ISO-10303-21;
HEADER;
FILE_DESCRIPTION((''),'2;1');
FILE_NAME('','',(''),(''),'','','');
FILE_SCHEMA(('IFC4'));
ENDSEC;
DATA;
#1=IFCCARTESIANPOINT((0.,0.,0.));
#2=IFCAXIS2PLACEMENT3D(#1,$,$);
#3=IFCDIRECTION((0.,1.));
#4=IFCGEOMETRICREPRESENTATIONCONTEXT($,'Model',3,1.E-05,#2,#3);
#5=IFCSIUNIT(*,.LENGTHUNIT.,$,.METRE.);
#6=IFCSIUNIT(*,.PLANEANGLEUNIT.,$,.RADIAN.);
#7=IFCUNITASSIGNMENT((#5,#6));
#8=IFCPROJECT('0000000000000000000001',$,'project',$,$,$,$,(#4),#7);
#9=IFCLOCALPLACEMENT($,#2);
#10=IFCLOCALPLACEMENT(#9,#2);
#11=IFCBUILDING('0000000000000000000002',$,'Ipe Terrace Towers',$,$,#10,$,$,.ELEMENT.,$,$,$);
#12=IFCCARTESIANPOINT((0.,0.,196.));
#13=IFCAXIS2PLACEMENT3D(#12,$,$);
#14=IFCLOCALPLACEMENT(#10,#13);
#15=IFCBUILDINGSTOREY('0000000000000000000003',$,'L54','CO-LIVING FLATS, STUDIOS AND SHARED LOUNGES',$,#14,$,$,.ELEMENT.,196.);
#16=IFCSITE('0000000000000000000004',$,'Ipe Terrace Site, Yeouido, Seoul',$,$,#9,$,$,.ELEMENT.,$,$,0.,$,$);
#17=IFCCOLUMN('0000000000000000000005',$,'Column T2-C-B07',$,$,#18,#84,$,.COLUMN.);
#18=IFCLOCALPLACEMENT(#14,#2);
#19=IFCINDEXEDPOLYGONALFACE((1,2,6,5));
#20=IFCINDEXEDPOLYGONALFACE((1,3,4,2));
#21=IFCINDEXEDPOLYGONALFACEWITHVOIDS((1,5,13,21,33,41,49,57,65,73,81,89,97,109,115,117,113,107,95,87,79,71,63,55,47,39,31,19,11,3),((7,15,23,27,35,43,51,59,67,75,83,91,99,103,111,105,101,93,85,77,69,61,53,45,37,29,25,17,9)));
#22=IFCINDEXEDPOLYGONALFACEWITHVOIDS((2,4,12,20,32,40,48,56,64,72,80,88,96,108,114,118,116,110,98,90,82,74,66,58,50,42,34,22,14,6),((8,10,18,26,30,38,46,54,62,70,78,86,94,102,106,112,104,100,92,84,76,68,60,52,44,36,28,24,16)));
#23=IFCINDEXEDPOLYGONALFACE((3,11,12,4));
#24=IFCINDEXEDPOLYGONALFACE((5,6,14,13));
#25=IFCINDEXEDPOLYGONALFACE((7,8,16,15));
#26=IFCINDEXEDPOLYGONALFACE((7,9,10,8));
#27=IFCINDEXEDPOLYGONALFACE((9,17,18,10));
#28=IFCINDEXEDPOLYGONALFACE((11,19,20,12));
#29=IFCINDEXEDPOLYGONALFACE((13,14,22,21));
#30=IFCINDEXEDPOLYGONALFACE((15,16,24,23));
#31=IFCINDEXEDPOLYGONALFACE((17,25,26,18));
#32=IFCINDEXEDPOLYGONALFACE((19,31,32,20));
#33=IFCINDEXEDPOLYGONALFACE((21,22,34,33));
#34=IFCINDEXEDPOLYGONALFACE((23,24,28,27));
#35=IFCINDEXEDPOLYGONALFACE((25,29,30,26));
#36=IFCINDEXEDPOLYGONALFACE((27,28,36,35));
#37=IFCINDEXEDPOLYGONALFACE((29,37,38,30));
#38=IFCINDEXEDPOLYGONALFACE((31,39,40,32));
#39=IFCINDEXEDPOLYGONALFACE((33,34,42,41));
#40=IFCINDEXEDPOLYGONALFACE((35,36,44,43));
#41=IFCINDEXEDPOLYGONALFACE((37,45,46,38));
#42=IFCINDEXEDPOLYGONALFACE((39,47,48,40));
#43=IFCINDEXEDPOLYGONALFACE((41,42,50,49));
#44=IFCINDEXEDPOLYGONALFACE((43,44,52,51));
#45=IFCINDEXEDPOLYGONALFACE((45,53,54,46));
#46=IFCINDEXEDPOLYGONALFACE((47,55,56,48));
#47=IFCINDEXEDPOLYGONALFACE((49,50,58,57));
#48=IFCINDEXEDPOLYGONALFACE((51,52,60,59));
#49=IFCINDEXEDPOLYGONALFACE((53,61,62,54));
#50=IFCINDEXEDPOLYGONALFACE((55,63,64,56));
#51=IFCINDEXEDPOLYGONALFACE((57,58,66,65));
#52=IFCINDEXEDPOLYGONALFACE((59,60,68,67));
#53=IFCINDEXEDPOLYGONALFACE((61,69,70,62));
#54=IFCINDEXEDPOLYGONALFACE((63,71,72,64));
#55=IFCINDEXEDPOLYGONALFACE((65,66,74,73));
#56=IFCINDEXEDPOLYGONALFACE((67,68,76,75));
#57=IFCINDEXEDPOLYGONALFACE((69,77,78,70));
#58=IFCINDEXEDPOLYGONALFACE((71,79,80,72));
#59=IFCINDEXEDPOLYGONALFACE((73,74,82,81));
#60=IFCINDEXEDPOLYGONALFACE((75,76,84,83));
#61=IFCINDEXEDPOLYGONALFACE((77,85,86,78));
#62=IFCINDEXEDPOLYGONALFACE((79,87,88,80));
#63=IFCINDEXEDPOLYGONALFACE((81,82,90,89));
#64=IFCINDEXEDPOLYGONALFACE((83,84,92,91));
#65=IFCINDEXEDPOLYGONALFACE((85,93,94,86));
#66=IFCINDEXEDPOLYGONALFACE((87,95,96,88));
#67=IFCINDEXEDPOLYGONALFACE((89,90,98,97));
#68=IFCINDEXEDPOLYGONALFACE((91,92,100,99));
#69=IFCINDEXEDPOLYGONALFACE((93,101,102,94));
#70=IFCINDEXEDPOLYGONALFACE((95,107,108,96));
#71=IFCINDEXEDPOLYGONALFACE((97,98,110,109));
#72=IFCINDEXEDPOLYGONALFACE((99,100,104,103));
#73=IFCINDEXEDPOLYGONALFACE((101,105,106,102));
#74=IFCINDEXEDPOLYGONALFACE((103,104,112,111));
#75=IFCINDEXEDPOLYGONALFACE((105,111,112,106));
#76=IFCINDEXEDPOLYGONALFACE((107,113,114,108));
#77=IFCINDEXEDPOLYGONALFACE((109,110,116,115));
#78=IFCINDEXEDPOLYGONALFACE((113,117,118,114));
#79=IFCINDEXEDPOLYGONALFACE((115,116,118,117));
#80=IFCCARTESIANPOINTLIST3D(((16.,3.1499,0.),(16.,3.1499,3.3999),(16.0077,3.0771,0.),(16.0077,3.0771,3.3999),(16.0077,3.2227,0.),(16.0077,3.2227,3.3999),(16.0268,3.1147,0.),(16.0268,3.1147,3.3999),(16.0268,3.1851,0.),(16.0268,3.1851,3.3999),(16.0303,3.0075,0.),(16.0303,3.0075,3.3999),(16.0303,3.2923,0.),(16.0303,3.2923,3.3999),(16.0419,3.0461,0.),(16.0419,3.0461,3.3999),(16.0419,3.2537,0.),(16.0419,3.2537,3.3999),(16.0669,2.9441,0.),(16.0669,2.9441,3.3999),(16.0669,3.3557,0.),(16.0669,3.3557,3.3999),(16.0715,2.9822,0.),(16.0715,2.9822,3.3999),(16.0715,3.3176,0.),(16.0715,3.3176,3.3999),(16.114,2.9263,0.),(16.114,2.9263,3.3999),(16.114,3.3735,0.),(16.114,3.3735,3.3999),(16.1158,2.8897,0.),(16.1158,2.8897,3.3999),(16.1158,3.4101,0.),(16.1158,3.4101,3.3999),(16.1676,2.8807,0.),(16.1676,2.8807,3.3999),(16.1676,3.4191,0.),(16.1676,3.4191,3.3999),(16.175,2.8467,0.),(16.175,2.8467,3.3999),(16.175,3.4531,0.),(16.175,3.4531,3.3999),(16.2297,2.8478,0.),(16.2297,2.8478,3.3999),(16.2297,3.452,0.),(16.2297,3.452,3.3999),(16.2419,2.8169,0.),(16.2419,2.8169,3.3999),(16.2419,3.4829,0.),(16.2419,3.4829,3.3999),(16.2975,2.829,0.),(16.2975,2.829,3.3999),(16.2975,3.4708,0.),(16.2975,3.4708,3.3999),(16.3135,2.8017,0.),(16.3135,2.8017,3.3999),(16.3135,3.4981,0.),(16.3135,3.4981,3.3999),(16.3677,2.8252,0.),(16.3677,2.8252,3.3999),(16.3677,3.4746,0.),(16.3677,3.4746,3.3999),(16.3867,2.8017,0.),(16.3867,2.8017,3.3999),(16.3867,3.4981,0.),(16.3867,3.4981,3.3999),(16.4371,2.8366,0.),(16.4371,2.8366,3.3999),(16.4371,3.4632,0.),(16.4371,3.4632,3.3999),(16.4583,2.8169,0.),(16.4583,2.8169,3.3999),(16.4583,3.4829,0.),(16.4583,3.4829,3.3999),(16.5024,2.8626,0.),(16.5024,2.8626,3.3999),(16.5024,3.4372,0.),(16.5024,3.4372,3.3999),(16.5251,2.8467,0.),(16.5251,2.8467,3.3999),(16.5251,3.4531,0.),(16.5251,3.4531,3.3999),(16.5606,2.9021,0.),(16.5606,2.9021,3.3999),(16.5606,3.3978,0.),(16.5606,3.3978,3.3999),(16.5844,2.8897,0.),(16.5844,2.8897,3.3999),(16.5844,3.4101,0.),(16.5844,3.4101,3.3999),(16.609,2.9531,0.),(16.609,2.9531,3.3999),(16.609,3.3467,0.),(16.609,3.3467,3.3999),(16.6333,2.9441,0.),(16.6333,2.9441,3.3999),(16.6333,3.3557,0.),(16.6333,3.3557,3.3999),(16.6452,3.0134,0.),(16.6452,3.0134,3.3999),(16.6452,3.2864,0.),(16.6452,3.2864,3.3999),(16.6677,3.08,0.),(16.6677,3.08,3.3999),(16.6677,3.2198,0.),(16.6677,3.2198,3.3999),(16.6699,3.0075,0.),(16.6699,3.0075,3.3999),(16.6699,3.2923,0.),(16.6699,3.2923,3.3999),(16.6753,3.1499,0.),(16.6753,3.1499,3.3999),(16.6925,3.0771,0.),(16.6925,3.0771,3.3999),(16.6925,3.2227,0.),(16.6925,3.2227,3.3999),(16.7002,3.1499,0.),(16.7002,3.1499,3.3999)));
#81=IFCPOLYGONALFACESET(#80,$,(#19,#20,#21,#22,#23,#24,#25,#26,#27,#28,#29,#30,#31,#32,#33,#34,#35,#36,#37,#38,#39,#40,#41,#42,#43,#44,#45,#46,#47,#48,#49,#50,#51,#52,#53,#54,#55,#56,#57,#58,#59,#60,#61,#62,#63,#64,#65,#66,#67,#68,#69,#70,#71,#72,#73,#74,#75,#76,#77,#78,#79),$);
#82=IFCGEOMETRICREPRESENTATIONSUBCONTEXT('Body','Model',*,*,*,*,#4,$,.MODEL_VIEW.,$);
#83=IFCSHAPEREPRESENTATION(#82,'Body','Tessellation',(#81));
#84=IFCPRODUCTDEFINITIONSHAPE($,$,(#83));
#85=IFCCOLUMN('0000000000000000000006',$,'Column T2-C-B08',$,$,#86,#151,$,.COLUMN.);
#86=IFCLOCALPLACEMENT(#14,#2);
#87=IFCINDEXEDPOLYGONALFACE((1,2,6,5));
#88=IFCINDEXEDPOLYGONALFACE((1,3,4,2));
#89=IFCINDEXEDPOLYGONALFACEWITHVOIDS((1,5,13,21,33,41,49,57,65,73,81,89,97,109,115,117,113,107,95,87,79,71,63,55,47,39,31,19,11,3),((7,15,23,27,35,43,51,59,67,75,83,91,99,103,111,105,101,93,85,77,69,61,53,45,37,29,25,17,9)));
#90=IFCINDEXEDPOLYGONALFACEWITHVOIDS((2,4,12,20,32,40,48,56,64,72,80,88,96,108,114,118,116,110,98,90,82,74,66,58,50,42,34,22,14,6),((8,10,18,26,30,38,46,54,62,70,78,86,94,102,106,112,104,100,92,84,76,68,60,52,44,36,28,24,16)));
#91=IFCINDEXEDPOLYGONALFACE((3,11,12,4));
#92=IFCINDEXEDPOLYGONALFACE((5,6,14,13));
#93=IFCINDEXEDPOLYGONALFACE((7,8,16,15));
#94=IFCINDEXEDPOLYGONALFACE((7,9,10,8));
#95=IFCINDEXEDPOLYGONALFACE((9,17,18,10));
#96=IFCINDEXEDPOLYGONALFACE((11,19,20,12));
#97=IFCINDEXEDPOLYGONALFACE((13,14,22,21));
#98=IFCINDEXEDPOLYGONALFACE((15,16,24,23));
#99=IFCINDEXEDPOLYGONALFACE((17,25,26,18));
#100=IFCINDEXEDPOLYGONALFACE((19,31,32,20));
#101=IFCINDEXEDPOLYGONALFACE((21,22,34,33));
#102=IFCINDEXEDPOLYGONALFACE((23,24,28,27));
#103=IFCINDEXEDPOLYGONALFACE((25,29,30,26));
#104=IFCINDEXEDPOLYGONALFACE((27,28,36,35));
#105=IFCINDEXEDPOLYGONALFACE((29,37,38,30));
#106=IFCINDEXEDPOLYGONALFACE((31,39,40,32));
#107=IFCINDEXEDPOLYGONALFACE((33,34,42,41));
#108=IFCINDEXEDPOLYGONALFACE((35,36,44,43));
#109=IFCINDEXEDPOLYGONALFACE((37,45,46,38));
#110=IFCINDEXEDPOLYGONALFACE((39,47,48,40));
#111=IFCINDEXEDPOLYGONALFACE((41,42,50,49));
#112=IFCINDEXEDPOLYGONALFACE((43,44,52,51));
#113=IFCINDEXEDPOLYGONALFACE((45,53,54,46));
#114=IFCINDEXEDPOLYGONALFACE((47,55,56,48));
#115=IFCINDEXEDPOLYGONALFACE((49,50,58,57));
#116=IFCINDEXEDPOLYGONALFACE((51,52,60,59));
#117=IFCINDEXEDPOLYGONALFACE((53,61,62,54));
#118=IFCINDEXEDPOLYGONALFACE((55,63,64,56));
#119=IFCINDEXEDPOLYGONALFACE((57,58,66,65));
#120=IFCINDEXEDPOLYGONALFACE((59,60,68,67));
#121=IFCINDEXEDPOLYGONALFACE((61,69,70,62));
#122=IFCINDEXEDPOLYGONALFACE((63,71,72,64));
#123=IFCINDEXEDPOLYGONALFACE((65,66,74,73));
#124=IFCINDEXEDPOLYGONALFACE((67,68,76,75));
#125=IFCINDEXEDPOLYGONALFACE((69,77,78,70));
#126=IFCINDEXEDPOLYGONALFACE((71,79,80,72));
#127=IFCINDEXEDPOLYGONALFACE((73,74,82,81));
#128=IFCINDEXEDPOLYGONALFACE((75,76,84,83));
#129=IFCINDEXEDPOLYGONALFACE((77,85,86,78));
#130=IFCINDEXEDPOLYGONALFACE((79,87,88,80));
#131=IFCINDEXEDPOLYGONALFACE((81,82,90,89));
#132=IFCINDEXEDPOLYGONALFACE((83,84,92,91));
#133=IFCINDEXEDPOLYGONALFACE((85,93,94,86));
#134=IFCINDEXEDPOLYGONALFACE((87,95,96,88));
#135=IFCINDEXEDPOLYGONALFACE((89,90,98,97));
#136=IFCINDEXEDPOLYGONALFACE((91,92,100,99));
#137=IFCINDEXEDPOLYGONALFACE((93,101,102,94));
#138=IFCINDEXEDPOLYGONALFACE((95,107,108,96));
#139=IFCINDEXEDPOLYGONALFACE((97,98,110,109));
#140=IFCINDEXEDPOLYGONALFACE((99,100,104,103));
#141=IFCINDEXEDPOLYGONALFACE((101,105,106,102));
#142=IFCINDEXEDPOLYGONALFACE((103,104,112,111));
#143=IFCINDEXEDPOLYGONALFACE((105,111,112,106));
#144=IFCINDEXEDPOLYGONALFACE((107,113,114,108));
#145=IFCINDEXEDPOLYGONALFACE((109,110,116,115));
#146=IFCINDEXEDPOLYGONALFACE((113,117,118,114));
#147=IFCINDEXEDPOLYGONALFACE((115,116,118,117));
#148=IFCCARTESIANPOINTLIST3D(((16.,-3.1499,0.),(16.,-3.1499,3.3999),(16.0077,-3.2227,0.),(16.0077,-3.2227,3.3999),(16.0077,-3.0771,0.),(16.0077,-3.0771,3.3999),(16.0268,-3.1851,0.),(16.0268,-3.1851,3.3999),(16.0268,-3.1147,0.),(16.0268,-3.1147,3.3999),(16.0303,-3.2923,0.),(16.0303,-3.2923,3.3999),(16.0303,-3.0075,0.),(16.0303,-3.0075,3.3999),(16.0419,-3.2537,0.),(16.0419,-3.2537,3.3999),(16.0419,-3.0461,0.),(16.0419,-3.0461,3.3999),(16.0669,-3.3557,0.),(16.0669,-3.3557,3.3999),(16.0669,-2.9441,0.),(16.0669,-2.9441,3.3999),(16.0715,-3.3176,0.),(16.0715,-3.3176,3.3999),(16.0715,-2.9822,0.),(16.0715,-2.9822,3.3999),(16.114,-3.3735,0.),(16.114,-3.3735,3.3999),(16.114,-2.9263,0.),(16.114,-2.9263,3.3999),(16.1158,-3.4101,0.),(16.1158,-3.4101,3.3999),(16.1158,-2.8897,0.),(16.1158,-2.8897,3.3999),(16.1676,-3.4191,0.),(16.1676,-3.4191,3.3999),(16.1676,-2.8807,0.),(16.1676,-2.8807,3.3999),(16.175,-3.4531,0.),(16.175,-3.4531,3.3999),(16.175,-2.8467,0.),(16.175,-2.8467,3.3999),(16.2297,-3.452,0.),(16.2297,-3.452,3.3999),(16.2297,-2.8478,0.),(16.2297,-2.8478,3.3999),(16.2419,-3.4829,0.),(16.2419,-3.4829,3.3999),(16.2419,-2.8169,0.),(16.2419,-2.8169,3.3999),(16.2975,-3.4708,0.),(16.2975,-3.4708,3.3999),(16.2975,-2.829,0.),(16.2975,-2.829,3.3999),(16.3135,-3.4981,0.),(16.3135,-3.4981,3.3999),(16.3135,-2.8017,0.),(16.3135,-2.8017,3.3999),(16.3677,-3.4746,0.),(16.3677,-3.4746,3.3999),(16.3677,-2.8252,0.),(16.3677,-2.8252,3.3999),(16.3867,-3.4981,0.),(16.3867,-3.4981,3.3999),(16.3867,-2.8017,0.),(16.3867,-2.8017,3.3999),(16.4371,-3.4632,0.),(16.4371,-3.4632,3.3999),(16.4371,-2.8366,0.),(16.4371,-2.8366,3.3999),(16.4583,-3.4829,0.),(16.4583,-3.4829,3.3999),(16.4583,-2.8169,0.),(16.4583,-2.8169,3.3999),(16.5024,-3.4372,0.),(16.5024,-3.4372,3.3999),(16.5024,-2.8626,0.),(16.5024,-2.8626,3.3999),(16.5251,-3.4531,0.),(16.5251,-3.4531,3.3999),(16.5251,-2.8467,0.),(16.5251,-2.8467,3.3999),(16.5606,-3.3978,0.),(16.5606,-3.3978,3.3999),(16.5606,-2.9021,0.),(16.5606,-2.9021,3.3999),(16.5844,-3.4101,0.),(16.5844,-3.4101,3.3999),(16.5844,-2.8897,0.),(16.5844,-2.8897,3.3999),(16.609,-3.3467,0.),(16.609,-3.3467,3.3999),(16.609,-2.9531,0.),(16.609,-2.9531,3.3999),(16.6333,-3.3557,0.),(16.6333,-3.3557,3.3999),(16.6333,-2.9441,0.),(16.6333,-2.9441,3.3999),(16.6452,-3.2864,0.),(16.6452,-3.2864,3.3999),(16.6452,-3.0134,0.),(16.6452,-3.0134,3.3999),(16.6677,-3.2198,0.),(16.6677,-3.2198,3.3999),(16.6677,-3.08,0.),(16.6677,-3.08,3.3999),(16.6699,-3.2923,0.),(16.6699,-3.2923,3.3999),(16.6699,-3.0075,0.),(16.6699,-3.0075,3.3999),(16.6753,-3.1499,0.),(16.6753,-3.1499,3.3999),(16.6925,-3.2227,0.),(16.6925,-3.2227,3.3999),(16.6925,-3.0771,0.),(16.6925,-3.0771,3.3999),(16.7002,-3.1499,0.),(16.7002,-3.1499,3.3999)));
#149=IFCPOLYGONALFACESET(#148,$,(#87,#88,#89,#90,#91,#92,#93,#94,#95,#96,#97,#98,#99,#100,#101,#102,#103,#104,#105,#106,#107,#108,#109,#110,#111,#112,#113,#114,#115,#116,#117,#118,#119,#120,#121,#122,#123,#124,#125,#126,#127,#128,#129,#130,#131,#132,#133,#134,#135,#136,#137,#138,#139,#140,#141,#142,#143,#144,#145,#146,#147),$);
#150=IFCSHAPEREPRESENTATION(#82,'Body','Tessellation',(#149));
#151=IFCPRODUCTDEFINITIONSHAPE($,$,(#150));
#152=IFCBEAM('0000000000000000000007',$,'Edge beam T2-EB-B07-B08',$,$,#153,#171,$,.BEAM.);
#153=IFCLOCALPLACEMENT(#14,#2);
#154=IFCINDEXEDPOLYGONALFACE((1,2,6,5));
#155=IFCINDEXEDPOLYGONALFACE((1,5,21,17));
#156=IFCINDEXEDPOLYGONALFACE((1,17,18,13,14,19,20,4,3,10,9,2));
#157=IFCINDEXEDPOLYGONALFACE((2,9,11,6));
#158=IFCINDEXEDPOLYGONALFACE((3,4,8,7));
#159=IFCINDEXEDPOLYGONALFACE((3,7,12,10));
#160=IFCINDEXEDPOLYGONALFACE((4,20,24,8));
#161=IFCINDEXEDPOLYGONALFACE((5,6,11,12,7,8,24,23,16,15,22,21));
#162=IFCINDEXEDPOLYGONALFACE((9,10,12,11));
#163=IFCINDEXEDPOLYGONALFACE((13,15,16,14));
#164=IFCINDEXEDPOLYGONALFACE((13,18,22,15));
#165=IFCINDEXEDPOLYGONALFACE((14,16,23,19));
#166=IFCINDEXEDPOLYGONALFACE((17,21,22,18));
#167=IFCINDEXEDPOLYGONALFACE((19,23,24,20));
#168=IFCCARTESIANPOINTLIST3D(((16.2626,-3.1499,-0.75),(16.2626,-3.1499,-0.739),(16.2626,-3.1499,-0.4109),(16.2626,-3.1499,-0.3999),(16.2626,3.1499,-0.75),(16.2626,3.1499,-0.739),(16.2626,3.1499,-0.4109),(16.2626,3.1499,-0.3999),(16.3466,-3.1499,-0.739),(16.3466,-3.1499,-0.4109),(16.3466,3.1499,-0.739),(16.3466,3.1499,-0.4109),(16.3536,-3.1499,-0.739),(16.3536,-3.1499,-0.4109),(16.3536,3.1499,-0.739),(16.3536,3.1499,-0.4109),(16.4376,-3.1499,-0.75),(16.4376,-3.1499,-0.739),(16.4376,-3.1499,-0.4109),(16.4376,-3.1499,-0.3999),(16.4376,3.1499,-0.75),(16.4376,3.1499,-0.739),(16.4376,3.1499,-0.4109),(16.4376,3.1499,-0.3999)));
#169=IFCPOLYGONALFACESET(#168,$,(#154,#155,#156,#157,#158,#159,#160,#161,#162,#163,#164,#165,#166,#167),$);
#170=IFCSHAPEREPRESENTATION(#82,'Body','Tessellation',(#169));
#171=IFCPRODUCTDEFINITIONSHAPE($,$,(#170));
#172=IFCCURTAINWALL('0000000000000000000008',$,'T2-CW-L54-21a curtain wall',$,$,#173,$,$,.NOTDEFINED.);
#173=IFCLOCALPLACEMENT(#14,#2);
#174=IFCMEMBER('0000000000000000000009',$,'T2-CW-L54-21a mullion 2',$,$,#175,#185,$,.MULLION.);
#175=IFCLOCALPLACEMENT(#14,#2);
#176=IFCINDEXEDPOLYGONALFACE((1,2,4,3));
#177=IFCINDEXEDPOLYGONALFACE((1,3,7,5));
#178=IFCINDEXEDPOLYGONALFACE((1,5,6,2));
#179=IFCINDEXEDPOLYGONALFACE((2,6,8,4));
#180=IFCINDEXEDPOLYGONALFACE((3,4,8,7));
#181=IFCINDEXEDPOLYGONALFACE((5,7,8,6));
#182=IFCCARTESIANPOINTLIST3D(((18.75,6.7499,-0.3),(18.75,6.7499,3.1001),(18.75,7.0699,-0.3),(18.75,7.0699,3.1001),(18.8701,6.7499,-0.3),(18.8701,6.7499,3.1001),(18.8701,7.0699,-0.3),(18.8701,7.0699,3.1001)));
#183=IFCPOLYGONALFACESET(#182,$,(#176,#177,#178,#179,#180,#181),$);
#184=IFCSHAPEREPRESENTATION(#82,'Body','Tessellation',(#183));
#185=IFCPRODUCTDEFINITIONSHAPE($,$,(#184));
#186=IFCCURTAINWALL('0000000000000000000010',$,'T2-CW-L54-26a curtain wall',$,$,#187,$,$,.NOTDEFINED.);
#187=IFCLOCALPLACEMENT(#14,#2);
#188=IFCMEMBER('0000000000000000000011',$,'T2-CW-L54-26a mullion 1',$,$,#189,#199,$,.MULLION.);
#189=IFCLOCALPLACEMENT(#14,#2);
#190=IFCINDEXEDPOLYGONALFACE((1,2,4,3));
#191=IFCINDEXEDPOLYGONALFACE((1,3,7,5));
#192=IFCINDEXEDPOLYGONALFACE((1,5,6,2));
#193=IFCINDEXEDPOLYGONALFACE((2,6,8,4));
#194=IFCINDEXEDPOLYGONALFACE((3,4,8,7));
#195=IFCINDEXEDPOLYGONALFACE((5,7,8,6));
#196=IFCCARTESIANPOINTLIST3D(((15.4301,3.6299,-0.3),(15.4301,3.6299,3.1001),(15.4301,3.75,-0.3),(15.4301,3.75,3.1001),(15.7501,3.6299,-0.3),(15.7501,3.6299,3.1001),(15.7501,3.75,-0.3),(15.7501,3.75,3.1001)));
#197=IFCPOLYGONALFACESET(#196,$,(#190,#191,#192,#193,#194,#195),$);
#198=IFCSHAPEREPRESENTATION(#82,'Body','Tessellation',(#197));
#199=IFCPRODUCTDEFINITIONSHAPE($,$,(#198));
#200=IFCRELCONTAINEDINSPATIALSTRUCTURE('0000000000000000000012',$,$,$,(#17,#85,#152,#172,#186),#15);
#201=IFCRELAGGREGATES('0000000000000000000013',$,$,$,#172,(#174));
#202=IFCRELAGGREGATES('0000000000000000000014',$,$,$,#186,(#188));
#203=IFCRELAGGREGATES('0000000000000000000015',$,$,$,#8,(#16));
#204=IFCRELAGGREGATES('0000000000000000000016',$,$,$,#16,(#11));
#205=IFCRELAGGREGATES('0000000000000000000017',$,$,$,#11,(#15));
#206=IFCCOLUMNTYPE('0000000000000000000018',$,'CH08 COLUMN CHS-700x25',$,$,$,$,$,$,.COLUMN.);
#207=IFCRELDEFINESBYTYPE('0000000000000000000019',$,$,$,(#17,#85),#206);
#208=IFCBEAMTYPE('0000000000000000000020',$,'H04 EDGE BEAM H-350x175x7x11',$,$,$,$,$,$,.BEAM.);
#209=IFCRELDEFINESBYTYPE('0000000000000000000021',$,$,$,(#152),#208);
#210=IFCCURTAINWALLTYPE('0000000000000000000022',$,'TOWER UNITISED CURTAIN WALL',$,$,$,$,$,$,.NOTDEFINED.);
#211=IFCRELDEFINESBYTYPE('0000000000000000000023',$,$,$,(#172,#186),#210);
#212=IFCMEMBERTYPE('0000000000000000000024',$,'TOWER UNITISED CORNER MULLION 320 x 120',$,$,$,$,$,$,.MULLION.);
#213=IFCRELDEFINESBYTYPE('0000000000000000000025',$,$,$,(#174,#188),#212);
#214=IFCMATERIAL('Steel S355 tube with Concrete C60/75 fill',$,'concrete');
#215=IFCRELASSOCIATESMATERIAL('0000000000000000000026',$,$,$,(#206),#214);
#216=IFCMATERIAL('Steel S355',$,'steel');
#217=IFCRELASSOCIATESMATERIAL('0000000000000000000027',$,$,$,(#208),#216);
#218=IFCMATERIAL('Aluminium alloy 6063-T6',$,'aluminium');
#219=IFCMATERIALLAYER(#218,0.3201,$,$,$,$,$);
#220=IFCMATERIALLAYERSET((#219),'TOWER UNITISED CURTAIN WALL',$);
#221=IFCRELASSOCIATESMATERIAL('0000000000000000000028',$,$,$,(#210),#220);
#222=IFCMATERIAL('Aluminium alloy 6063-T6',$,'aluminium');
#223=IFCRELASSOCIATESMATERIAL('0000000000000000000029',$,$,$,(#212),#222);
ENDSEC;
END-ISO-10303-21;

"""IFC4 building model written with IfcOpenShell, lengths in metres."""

from ifc_helpers import new_model, si_unit, direction, frame, origin, origin_2d, place, context, subcontext, project, spatial, rectangle, hollow_circle, i_section, extrude, material, layer, layer_set, material_profile, profile_set, type_object, element, aggregate, save


model = new_model("IFC4")

# Units and contexts
model_context = context("Model", 3, precision=1e-05, world=origin(), true_north=direction((0.0, 1.0)))
body_context = subcontext(model_context, "Body", "Model", "MODEL_VIEW")
ifc_project = project(units=[si_unit("LENGTHUNIT", "METRE"), si_unit("PLANEANGLEUNIT", "RADIAN")], contexts=[model_context])

# Site, building, storey
site_placement = place(None, origin())
site = spatial("IfcSite", under=ifc_project, at=site_placement, Name="Ipe Terrace Site, Yeouido, Seoul", CompositionType="ELEMENT", RefElevation=0.0)
building_placement = place(site_placement, origin())
building = spatial("IfcBuilding", under=site, at=building_placement, Name="Ipe Terrace Towers", CompositionType="ELEMENT")
storey_placement = place(building_placement, frame((0.0, 0.0, 196.0)))
storey = spatial("IfcBuildingStorey", under=building, at=storey_placement, Name="L54", Description="CO-LIVING FLATS, STUDIOS AND SHARED LOUNGES", CompositionType="ELEMENT", Elevation=196.0)

# Columns
ifc_material_1 = material(Name="Steel S355 tube with Concrete C60/75 fill", Category="concrete")
ifc_material_profile_1 = material_profile(ifc_material_1, hollow_circle(Radius=0.3501, WallThickness=0.0249, at=origin_2d()), Name="CHS-700x25")
ifc_profile_set_1 = profile_set([ifc_material_profile_1], Name="Steel S355 tube with Concrete C60/75 fill")
column_type = type_object("IfcColumnType", Name="CH08 COLUMN CHS-700x25", PredefinedType="COLUMN", material=ifc_profile_set_1)
for number, where, z_axis, x_axis, name in (
    (1, (16.3501, 3.1499, 0.0), (0.0, 0.0, 1.0), (1.0, 0.0, 0.0), "Column T2-C-B07"),
    (2, (16.3501, -3.1499, 0.0), (0.0, 0.0, 1.0), (1.0, 0.0, 0.0), "Column T2-C-B08"),
):
    element("IfcColumn", number, at=place(storey_placement, frame(where, z_axis=z_axis, x_axis=x_axis)), inside=storey, type_object=column_type, Name=name, PredefinedType="COLUMN", context=body_context, shape_type="SweptSolid", body=[
        extrude(hollow_circle(Radius=0.3501, WallThickness=0.0249, at=origin_2d()), origin(), (0.0, 0.0, 1.0), 3.3999),
    ])

# Beam
ifc_material_2 = material(Name="Steel S355", Category="steel")
ifc_material_profile_2 = material_profile(ifc_material_2, i_section(OverallWidth=0.175, OverallDepth=0.3501, WebThickness=0.0071, FlangeThickness=0.011, at=origin_2d()), Name="H-350x175x7x11")
ifc_profile_set_2 = profile_set([ifc_material_profile_2], Name="Steel S355")
beam_type = type_object("IfcBeamType", Name="H04 EDGE BEAM H-350x175x7x11", PredefinedType="BEAM", material=ifc_profile_set_2)
beam_placement = place(storey_placement, frame((16.3501, 3.1499, -0.575), z_axis=(0.0, -1.0, 0.0), x_axis=(1.0, 0.0, 0.0)))
element("IfcBeam", 3, at=beam_placement, inside=storey, type_object=beam_type, Name="Edge beam T2-EB-B07-B08", PredefinedType="BEAM", context=body_context, shape_type="SweptSolid", body=[
    extrude(i_section(OverallWidth=0.175, OverallDepth=0.3501, WebThickness=0.0071, FlangeThickness=0.011, at=origin_2d()), origin(), (0.0, 0.0, 1.0), 6.2998),
])

# Curtain wall, member
ifc_material_3 = material(Name="Aluminium alloy 6063-T6", Category="aluminium")
ifc_layer_1 = layer(ifc_material_3, 0.3201)
ifc_layer_set_1 = layer_set([ifc_layer_1], Name="TOWER UNITISED CURTAIN WALL")
curtain_wall_type = type_object("IfcCurtainWallType", Name="TOWER UNITISED CURTAIN WALL", PredefinedType="NOTDEFINED", material=ifc_layer_set_1)
curtain_wall_1_placement = place(storey_placement, origin())
curtain_wall_1 = element("IfcCurtainWall", 4, at=curtain_wall_1_placement, inside=storey, type_object=curtain_wall_type, Name="T2-CW-L54-21a curtain wall", PredefinedType="NOTDEFINED")
ifc_material_4 = material(Name="Aluminium alloy 6063-T6", Category="aluminium")
ifc_material_profile_3 = material_profile(ifc_material_4, rectangle(XDim=0.3201, YDim=0.1201, at=origin_2d()), Name="TOWER UNITISED CORNER MULLION 320 x 120")
ifc_profile_set_3 = profile_set([ifc_material_profile_3], Name="Aluminium alloy 6063-T6")
member_type_1 = type_object("IfcMemberType", Name="TOWER UNITISED CORNER MULLION 320 x 120", PredefinedType="MULLION", material=ifc_profile_set_3)
member_1_placement = place(storey_placement, frame((18.8101, 6.9099, -0.3), z_axis=(0.0, 0.0, 1.0), x_axis=(0.0, 1.0, 0.0)))
member_1 = element("IfcMember", 5, at=member_1_placement, type_object=member_type_1, Name="T2-CW-L54-21a mullion 2", PredefinedType="MULLION", context=body_context, shape_type="SweptSolid", body=[
    extrude(rectangle(XDim=0.3201, YDim=0.1201, at=origin_2d()), origin(), (0.0, 0.0, 1.0), 3.4001),
])
aggregate(curtain_wall_1, [member_1])

# Curtain wall, member
curtain_wall_2_placement = place(storey_placement, origin())
curtain_wall_2 = element("IfcCurtainWall", 6, at=curtain_wall_2_placement, inside=storey, type_object=curtain_wall_type, Name="T2-CW-L54-26a curtain wall", PredefinedType="NOTDEFINED")
member_2_placement = place(storey_placement, frame((15.5901, 3.6899, -0.3), z_axis=(0.0, 0.0, 1.0), x_axis=(-1.0, 0.0, 0.0)))
member_2 = element("IfcMember", 7, at=member_2_placement, type_object=member_type_1, Name="T2-CW-L54-26a mullion 1", PredefinedType="MULLION", context=body_context, shape_type="SweptSolid", body=[
    extrude(rectangle(XDim=0.3201, YDim=0.1201, at=origin_2d()), origin(), (0.0, 0.0, 1.0), 3.4001),
])

aggregate(curtain_wall_2, [member_2])

save(model, "model.ifc")
